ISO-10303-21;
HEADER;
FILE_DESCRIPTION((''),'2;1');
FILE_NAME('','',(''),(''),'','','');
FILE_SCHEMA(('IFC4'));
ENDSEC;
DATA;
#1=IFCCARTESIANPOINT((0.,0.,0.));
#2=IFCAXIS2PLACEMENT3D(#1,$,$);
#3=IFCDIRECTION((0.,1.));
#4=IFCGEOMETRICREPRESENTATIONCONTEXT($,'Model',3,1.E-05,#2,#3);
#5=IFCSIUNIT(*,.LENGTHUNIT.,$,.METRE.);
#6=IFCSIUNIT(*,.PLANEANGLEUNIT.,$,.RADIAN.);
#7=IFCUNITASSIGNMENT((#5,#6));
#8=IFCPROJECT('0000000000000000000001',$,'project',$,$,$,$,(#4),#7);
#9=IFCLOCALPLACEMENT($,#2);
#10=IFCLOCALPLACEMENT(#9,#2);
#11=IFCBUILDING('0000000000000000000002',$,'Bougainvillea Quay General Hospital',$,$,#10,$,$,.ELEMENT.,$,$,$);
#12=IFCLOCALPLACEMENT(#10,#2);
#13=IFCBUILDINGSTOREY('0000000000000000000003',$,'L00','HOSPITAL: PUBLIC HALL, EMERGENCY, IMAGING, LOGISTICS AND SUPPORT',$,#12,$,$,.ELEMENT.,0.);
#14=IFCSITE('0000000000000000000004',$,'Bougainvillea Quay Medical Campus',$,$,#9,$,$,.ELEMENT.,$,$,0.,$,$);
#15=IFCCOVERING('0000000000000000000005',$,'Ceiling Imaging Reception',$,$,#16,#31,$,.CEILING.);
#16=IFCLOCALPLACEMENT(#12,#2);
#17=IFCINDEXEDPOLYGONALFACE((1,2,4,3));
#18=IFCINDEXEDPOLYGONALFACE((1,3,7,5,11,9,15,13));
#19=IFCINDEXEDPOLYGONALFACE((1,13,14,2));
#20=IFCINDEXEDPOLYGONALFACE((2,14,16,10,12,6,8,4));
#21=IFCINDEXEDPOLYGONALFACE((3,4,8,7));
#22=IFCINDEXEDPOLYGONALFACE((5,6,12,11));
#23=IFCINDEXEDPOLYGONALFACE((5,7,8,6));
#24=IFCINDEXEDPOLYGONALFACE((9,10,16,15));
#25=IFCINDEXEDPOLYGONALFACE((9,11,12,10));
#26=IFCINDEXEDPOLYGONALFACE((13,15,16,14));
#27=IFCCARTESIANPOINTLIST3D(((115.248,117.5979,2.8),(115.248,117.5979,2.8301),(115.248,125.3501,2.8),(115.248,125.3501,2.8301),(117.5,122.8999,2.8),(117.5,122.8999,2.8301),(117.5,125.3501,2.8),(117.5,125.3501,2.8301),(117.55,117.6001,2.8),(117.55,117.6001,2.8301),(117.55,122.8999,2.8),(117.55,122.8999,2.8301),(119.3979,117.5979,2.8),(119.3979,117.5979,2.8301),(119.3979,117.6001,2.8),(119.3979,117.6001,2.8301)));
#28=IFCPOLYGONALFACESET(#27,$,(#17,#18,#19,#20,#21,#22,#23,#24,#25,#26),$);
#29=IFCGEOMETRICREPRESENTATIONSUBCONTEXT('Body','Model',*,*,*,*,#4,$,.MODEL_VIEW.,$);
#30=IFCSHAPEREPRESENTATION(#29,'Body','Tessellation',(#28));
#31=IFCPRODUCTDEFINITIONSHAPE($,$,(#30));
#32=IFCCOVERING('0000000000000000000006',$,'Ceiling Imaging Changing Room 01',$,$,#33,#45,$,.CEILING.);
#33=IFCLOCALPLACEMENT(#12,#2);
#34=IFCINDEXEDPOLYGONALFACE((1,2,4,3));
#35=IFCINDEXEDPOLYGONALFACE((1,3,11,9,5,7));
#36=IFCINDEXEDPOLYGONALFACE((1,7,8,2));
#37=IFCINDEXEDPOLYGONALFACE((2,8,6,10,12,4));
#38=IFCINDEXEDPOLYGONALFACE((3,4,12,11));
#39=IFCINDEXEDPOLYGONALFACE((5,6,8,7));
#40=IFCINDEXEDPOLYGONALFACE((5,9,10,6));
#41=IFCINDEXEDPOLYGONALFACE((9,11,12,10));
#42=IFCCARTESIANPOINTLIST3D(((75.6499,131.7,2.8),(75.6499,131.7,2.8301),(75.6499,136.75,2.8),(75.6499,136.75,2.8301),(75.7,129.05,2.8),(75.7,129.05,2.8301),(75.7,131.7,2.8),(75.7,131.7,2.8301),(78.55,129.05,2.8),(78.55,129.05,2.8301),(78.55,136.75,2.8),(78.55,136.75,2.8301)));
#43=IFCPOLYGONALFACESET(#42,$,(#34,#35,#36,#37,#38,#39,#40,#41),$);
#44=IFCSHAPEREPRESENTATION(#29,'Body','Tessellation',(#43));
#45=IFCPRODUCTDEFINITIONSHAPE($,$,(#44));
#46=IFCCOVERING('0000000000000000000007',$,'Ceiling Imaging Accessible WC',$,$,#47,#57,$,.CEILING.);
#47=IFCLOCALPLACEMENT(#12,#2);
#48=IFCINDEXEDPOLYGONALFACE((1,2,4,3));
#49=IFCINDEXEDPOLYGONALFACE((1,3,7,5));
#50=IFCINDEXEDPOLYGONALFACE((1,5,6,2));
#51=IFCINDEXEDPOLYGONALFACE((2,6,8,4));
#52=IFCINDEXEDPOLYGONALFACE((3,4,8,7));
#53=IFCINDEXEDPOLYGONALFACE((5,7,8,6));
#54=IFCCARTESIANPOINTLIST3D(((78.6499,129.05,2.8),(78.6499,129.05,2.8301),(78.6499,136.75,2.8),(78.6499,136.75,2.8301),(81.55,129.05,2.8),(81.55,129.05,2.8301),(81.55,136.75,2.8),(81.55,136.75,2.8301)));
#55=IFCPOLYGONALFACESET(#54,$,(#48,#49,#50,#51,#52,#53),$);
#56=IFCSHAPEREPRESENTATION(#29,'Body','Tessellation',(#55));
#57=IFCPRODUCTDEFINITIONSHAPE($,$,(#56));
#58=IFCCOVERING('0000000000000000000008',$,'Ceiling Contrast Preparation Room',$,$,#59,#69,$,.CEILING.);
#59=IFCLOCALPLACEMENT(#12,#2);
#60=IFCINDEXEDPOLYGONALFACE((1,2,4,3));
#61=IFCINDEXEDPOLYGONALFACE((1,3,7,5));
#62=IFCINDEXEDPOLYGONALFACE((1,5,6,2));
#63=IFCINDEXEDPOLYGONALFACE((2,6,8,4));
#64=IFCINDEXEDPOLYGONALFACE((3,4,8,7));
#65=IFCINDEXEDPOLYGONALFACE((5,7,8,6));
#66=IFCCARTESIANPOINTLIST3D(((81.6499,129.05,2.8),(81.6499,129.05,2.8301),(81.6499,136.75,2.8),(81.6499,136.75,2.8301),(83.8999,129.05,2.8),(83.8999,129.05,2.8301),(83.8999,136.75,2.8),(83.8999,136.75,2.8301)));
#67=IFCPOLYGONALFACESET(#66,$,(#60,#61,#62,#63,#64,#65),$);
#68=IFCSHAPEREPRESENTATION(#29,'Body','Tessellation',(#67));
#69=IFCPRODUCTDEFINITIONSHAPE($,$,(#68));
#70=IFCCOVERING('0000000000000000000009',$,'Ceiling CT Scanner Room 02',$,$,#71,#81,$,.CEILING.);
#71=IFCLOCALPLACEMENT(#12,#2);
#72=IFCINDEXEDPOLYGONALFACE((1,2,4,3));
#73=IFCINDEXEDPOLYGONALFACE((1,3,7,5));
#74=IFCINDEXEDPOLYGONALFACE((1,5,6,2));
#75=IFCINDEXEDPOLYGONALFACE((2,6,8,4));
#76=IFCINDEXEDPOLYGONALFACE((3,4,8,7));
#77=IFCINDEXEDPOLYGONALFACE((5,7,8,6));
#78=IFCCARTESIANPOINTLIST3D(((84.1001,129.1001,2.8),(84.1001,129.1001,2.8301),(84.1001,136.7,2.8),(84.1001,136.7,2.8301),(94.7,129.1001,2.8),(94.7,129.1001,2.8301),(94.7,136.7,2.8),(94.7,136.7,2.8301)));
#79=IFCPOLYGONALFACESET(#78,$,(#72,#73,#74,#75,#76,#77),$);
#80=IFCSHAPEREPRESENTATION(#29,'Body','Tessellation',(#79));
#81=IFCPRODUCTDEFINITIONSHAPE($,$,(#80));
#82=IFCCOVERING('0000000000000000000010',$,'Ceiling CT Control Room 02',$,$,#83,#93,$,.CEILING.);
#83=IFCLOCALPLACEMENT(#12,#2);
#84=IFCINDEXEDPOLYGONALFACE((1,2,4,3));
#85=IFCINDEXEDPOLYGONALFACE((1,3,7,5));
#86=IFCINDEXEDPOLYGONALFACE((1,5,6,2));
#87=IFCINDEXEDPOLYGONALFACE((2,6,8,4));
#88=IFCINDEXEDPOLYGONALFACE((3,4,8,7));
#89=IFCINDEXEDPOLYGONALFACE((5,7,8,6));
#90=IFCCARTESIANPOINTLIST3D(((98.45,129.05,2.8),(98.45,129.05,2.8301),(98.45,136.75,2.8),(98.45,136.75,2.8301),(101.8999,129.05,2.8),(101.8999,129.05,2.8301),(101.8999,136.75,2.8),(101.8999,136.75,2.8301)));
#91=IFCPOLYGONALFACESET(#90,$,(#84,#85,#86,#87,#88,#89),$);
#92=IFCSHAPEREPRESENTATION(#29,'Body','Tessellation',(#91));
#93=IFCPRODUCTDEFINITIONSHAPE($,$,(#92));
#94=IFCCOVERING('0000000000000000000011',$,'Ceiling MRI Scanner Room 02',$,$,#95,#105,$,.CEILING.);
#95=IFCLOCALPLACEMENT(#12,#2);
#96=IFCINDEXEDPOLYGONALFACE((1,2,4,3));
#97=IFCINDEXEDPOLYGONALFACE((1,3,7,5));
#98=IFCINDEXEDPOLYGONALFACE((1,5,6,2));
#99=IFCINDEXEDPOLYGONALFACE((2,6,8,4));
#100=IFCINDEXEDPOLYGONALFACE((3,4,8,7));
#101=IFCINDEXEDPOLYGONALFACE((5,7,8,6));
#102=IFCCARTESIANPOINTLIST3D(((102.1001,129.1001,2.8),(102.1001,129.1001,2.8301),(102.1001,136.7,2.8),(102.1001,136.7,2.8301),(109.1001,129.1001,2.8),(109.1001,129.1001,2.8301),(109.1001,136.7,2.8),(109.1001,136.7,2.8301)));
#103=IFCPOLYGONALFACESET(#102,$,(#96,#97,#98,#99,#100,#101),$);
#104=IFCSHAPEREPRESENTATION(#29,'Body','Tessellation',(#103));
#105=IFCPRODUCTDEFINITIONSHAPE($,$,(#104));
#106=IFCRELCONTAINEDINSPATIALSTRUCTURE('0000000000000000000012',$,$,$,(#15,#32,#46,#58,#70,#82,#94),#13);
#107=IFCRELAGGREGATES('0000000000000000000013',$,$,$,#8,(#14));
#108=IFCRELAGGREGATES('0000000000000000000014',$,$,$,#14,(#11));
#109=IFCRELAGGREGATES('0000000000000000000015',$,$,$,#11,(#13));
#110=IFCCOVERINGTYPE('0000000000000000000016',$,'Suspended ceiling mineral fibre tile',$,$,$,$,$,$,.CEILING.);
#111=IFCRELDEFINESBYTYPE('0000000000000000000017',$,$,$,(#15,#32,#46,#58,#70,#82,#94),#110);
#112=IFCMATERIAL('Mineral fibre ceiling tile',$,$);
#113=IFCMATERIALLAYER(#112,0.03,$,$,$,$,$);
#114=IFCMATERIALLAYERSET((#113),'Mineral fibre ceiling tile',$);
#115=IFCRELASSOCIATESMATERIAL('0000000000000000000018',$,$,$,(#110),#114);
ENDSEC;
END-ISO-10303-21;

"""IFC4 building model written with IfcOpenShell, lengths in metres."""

from ifc_helpers import new_model, si_unit, direction, frame, origin, place, context, subcontext, project, spatial, polyline, outline, extrude, material, layer, layer_set, type_object, element, save


model = new_model("IFC4")

# Units and contexts
model_context = context("Model", 3, precision=1e-05, world=origin(), true_north=direction((0.0, 1.0)))
body_context = subcontext(model_context, "Body", "Model", "MODEL_VIEW")
ifc_project = project(units=[si_unit("LENGTHUNIT", "METRE"), si_unit("PLANEANGLEUNIT", "RADIAN")], contexts=[model_context])

# Site, building, storey
site_placement = place(None, origin())
site = spatial("IfcSite", under=ifc_project, at=site_placement, Name="Bougainvillea Quay Medical Campus", CompositionType="ELEMENT", RefElevation=0.0)
building_placement = place(site_placement, origin())
building = spatial("IfcBuilding", under=site, at=building_placement, Name="Bougainvillea Quay General Hospital", CompositionType="ELEMENT")
storey_placement = place(building_placement, origin())
storey = spatial("IfcBuildingStorey", under=building, at=storey_placement, Name="L00", Description="HOSPITAL: PUBLIC HALL, EMERGENCY, IMAGING, LOGISTICS AND SUPPORT", CompositionType="ELEMENT", Elevation=0.0)

# Coverings
ifc_material = material(Name="Mineral fibre ceiling tile")
ifc_layer = layer(ifc_material, 0.03)
ifc_layer_set = layer_set([ifc_layer], Name="Mineral fibre ceiling tile")
covering_type = type_object("IfcCoveringType", Name="Suspended ceiling mineral fibre tile", PredefinedType="CEILING", material=ifc_layer_set)
covering_1_placement = place(storey_placement, frame((0.0, 0.0, 2.8)))
element("IfcCovering", 1, at=covering_1_placement, inside=storey, type_object=covering_type, Name="Ceiling Imaging Reception", PredefinedType="CEILING", context=body_context, shape_type="SweptSolid", body=[
    extrude(outline(polyline([(117.55, 122.8999), (117.5, 122.8999), (117.5, 125.3501), (115.248, 125.3501), (115.248, 117.5979), (119.3979, 117.5979), (119.3979, 117.6001), (117.55, 117.6001), (117.55, 122.8999)])), origin(), (0.0, 0.0, 1.0), 0.03),
])
covering_2_placement = place(storey_placement, frame((0.0, 0.0, 2.8)))
element("IfcCovering", 2, at=covering_2_placement, inside=storey, type_object=covering_type, Name="Ceiling Imaging Changing Room 01", PredefinedType="CEILING", context=body_context, shape_type="SweptSolid", body=[
    extrude(outline(polyline([(75.7, 129.05), (78.55, 129.05), (78.55, 136.75), (75.6499, 136.75), (75.6499, 131.7), (75.7, 131.7), (75.7, 129.05)])), origin(), (0.0, 0.0, 1.0), 0.03),
])
covering_3_placement = place(storey_placement, frame((0.0, 0.0, 2.8)))
element("IfcCovering", 3, at=covering_3_placement, inside=storey, type_object=covering_type, Name="Ceiling Imaging Accessible WC", PredefinedType="CEILING", context=body_context, shape_type="SweptSolid", body=[
    extrude(outline(polyline([(81.55, 129.05), (81.55, 136.75), (78.6499, 136.75), (78.6499, 129.05), (81.55, 129.05)])), origin(), (0.0, 0.0, 1.0), 0.03),
])
covering_4_placement = place(storey_placement, frame((0.0, 0.0, 2.8)))
element("IfcCovering", 4, at=covering_4_placement, inside=storey, type_object=covering_type, Name="Ceiling Contrast Preparation Room", PredefinedType="CEILING", context=body_context, shape_type="SweptSolid", body=[
    extrude(outline(polyline([(81.6499, 136.75), (81.6499, 129.05), (83.8999, 129.05), (83.8999, 136.75), (81.6499, 136.75)])), origin(), (0.0, 0.0, 1.0), 0.03),
])
covering_5_placement = place(storey_placement, frame((0.0, 0.0, 2.8)))
element("IfcCovering", 5, at=covering_5_placement, inside=storey, type_object=covering_type, Name="Ceiling CT Scanner Room 02", PredefinedType="CEILING", context=body_context, shape_type="SweptSolid", body=[
    extrude(outline(polyline([(94.7, 129.1001), (94.7, 136.7), (84.1001, 136.7), (84.1001, 129.1001), (94.7, 129.1001)])), origin(), (0.0, 0.0, 1.0), 0.03),
])
covering_6_placement = place(storey_placement, frame((0.0, 0.0, 2.8)))
element("IfcCovering", 6, at=covering_6_placement, inside=storey, type_object=covering_type, Name="Ceiling CT Control Room 02", PredefinedType="CEILING", context=body_context, shape_type="SweptSolid", body=[
    extrude(outline(polyline([(101.8999, 129.05), (101.8999, 136.75), (98.45, 136.75), (98.45, 129.05), (101.8999, 129.05)])), origin(), (0.0, 0.0, 1.0), 0.03),
])
covering_7_placement = place(storey_placement, frame((0.0, 0.0, 2.8)))
element("IfcCovering", 7, at=covering_7_placement, inside=storey, type_object=covering_type, Name="Ceiling MRI Scanner Room 02", PredefinedType="CEILING", context=body_context, shape_type="SweptSolid", body=[
    extrude(outline(polyline([(102.1001, 129.1001), (109.1001, 129.1001), (109.1001, 136.7), (102.1001, 136.7), (102.1001, 129.1001)])), origin(), (0.0, 0.0, 1.0), 0.03),
])

save(model, "model.ifc")
